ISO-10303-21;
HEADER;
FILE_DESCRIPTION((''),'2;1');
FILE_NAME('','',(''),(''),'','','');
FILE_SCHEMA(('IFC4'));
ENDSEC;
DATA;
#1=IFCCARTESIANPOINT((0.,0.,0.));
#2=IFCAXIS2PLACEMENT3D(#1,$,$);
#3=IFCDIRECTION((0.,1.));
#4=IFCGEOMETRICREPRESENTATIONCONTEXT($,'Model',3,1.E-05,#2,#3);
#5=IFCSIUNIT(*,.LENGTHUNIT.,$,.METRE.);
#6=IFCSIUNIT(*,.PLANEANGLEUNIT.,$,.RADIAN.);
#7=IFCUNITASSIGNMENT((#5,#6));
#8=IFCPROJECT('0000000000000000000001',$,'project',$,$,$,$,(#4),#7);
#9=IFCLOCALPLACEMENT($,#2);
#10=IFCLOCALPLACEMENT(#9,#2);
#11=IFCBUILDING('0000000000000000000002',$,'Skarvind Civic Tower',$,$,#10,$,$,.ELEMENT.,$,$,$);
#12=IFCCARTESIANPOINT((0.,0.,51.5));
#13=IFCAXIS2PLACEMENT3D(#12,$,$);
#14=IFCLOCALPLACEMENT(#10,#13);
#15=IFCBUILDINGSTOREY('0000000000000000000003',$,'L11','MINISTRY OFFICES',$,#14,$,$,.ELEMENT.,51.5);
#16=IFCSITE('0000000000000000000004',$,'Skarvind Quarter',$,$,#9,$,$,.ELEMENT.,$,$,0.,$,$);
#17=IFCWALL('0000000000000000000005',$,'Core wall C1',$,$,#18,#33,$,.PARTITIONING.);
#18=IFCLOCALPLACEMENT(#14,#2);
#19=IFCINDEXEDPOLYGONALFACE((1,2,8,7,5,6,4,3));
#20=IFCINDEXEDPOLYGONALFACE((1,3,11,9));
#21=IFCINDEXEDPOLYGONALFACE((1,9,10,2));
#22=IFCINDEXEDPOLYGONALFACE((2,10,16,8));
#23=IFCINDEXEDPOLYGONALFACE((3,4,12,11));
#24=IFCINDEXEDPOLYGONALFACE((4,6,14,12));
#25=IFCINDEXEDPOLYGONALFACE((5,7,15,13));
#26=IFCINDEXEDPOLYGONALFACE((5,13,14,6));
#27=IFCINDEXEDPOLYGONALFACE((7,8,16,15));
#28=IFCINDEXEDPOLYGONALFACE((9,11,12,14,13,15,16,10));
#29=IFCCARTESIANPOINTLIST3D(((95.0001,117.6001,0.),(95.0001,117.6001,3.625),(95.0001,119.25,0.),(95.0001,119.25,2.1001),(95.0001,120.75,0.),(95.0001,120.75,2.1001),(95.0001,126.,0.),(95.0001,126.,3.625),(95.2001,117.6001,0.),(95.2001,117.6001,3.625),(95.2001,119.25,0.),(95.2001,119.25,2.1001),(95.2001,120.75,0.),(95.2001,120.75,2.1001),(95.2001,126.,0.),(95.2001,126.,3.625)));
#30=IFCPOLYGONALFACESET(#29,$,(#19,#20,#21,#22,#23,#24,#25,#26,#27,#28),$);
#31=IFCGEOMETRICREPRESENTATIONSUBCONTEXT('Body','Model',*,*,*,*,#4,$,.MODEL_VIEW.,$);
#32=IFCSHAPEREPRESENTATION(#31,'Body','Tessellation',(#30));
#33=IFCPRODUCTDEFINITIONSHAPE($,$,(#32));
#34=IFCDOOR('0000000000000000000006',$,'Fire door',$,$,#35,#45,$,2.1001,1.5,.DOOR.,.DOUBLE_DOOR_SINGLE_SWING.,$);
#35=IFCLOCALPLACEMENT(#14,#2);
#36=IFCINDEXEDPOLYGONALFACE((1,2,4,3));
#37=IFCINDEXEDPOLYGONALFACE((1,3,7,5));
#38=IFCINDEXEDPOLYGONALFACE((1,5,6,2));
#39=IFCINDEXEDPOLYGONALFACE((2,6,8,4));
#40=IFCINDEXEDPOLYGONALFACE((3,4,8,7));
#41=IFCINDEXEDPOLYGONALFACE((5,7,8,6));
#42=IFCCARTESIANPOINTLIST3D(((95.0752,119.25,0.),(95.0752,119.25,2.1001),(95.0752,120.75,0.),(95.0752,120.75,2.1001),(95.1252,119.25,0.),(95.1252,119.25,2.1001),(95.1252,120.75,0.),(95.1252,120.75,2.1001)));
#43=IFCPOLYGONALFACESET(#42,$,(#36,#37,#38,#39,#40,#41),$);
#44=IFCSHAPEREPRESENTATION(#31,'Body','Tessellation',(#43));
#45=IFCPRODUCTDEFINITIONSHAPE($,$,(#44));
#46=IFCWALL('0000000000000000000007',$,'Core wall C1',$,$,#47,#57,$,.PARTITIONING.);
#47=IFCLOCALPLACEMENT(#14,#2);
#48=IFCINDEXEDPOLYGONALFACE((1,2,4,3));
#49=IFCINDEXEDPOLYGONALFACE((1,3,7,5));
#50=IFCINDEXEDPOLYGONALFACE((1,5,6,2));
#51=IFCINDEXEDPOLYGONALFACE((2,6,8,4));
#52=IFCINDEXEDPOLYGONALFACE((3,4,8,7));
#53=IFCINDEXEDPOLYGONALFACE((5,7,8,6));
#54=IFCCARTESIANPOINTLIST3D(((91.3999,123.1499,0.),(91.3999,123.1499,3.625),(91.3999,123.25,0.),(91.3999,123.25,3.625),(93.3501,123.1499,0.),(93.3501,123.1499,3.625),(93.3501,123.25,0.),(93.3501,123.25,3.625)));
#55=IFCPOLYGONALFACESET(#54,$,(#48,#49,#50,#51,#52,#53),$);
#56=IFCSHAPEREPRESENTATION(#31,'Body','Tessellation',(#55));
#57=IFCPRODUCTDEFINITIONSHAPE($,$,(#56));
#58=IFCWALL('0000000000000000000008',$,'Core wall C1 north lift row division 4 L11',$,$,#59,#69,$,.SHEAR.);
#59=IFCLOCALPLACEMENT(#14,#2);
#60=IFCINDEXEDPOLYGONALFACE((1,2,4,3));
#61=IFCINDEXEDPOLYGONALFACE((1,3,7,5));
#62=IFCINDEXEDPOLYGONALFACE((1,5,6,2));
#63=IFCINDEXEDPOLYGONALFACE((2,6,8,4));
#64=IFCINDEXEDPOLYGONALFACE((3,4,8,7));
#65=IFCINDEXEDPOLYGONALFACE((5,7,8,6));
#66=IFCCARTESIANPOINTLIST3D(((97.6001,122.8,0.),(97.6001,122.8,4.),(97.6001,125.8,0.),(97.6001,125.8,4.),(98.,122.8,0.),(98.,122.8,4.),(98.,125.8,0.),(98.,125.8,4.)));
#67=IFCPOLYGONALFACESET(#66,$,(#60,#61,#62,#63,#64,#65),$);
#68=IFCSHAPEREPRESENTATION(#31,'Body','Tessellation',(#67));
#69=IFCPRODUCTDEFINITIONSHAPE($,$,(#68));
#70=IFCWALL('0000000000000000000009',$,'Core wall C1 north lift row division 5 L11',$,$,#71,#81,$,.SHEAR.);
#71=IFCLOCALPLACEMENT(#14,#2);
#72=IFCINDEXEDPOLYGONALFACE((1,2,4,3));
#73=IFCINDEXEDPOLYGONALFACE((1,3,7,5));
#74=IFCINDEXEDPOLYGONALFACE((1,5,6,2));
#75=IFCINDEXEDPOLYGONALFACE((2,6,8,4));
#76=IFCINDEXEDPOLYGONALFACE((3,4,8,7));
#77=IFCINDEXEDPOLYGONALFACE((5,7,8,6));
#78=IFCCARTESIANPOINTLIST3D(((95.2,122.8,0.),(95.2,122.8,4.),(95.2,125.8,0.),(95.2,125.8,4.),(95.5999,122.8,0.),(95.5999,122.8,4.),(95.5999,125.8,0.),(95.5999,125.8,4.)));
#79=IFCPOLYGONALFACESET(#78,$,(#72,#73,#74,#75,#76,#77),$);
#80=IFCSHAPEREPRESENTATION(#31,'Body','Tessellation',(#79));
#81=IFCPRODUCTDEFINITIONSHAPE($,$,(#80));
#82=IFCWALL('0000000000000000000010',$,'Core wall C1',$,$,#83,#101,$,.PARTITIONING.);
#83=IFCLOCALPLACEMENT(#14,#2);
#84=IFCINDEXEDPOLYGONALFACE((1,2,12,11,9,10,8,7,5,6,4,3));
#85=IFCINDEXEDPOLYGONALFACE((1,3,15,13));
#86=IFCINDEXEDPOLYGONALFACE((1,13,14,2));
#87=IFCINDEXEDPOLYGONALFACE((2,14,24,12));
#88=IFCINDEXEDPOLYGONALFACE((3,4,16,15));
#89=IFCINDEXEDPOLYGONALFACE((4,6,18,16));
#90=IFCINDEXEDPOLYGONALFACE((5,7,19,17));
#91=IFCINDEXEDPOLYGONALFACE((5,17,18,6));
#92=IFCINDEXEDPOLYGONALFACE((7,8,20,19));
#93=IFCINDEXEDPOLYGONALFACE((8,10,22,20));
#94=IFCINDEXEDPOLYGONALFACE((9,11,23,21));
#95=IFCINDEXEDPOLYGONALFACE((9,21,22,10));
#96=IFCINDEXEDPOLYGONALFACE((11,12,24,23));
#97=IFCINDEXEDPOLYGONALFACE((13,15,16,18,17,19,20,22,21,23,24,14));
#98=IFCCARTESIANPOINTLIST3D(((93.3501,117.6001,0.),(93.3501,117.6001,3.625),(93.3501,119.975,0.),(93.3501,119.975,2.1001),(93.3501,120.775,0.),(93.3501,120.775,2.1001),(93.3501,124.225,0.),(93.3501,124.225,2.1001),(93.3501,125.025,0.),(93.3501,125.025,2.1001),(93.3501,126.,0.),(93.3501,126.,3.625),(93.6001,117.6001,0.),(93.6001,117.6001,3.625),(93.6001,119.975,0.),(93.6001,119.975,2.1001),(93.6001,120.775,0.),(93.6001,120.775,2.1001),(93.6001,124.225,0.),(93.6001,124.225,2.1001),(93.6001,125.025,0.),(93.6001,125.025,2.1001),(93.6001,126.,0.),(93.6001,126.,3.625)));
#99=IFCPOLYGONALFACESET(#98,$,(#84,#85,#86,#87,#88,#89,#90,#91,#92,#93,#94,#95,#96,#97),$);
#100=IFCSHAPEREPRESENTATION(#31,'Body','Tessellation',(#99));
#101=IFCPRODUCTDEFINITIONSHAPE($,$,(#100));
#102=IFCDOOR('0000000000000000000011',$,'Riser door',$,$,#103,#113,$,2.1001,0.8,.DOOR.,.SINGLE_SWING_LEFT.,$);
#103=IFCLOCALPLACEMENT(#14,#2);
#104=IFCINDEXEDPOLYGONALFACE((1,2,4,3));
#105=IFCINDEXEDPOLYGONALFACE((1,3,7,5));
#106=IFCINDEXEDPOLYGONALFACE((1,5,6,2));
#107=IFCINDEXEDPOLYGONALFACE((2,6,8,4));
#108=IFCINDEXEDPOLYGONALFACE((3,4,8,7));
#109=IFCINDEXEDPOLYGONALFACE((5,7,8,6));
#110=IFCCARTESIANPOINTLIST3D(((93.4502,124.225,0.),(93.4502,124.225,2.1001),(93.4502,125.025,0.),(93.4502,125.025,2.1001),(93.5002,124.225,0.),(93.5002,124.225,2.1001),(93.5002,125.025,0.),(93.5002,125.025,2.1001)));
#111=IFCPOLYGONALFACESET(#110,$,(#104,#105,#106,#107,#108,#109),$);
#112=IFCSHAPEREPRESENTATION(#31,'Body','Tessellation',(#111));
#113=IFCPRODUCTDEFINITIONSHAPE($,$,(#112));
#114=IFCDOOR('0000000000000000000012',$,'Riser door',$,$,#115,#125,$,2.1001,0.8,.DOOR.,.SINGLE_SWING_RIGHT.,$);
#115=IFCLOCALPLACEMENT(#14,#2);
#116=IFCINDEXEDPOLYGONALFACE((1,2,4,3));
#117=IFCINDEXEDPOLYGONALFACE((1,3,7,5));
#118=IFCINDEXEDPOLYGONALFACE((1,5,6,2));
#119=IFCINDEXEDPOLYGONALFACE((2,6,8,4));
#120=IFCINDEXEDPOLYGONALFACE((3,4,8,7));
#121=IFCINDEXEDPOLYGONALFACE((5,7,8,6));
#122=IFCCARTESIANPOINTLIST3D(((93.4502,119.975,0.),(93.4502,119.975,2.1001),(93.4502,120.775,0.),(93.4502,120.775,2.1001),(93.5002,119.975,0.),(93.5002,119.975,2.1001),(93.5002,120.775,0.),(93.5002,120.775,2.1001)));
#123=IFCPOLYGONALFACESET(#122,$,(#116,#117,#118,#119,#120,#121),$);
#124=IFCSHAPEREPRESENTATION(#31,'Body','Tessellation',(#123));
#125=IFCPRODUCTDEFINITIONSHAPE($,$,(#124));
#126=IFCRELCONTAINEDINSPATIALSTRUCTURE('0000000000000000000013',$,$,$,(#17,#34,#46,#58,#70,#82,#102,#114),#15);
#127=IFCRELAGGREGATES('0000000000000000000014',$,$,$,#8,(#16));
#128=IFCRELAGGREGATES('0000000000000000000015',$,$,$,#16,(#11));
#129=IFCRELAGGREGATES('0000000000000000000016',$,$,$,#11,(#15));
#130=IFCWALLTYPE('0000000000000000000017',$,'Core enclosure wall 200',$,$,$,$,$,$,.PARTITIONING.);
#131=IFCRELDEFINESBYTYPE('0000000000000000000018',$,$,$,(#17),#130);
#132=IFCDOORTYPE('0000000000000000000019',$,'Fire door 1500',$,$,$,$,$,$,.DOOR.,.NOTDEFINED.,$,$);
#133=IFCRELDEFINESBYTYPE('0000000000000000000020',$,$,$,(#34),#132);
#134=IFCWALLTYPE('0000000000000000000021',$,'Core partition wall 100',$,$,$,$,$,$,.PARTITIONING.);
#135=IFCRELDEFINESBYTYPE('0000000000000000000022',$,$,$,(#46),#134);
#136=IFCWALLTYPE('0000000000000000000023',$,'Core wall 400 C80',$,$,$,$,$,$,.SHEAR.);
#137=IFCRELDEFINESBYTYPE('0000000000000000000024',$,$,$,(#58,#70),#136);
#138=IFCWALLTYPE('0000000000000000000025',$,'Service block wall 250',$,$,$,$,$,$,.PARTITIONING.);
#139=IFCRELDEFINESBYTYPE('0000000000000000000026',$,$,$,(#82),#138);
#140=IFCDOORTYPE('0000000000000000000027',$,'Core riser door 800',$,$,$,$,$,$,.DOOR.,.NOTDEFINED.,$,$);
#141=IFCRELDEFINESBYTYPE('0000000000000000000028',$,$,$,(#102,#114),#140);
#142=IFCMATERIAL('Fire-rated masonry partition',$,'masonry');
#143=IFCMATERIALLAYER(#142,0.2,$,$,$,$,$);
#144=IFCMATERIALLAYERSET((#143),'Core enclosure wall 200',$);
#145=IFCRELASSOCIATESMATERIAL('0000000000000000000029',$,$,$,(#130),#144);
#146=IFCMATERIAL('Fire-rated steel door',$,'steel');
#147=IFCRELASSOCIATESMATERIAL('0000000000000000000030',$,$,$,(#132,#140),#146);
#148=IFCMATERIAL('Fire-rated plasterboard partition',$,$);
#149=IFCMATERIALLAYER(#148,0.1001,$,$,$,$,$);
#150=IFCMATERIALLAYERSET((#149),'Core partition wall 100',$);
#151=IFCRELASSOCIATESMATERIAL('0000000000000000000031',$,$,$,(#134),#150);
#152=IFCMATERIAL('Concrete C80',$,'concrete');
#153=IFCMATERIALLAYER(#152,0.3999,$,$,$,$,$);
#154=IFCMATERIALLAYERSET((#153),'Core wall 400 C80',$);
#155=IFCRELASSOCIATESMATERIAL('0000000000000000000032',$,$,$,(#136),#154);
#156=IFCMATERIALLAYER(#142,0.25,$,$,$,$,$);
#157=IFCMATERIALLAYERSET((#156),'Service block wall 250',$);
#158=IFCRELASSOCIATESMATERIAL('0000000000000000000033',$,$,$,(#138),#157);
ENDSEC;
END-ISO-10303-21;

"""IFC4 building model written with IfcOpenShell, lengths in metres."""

from ifc_helpers import new_model, si_unit, direction, frame, frame_2d, origin, place, context, subcontext, project, spatial, rectangle, extrude, material, layer, layer_set, type_object, element, fill, save


model = new_model("IFC4")

# Units and contexts
model_context = context("Model", 3, precision=1e-05, world=origin(), true_north=direction((0.0, 1.0)))
body_context = subcontext(model_context, "Body", "Model", "MODEL_VIEW")
ifc_project = project(units=[si_unit("LENGTHUNIT", "METRE"), si_unit("PLANEANGLEUNIT", "RADIAN")], contexts=[model_context])

# Site, building, storey
site_placement = place(None, origin())
site = spatial("IfcSite", under=ifc_project, at=site_placement, Name="Skarvind Quarter", CompositionType="ELEMENT", RefElevation=0.0)
building_placement = place(site_placement, origin())
building = spatial("IfcBuilding", under=site, at=building_placement, Name="Skarvind Civic Tower", CompositionType="ELEMENT")
storey_placement = place(building_placement, frame((0.0, 0.0, 51.5)))
storey = spatial("IfcBuildingStorey", under=building, at=storey_placement, Name="L11", Description="MINISTRY OFFICES", CompositionType="ELEMENT", Elevation=51.5)

# Shared definitions
ifc_material_1 = material(Name="Concrete C80", Category="concrete")

# Wall, opening, door
ifc_material_2 = material(Name="Fire-rated masonry partition", Category="masonry")
ifc_layer_1 = layer(ifc_material_2, 0.2)
ifc_layer_set_1 = layer_set([ifc_layer_1], Name="Core enclosure wall 200")
wall_type_1 = type_object("IfcWallType", Name="Core enclosure wall 200", PredefinedType="PARTITIONING", material=ifc_layer_set_1)
ifc_material_3 = material(Name="Fire-rated steel door", Category="steel")
wall_1_placement = place(storey_placement, frame((95.1001, 117.6001, 0.0), z_axis=(0.0, 0.0, 1.0), x_axis=(0.0, 1.0, 0.0)))
wall_1 = element("IfcWall", 1, at=wall_1_placement, inside=storey, type_object=wall_type_1, Name="Core wall C1", PredefinedType="PARTITIONING", context=body_context, shape_type="SweptSolid", body=[
    extrude(rectangle(XDim=8.3999, YDim=0.2, at=frame_2d((4.2, 0.0))), origin(), (0.0, 0.0, 1.0), 3.625),
])
opening_1_placement = place(wall_1_placement, frame((1.6499, 0.0, 0.0)))
opening_1 = element("IfcOpeningElement", 2, at=opening_1_placement, cuts=wall_1, PredefinedType="OPENING", context=body_context, shape_type="SweptSolid", body=[
    extrude(rectangle(XDim=1.5, YDim=2.1001, at=frame_2d((0.75, 1.05))), frame((0.0, 0.1099, 0.0), z_axis=(0.0, -1.0, 0.0), x_axis=(1.0, 0.0, 0.0)), (0.0, 0.0, 1.0), 0.22),
])
door_type_1 = type_object("IfcDoorType", Name="Fire door 1500", OperationType="NOTDEFINED", PredefinedType="DOOR", material=ifc_material_3)
door_1_placement = place(opening_1_placement, origin())
door_1 = element("IfcDoor", 3, at=door_1_placement, inside=storey, type_object=door_type_1, Name="Fire door", OperationType="DOUBLE_DOOR_SINGLE_SWING", OverallHeight=2.1001, OverallWidth=1.5, PredefinedType="DOOR", context=body_context, shape_type="SweptSolid", body=[
    extrude(rectangle(XDim=1.5, YDim=2.1001, at=frame_2d((0.75, 1.05))), frame((0.0, 0.0249, 0.0), z_axis=(0.0, -1.0, 0.0), x_axis=(1.0, 0.0, 0.0)), (0.0, 0.0, 1.0), 0.05),
])
fill(opening_1, door_1)

# Walls
ifc_material_4 = material(Name="Fire-rated plasterboard partition")
ifc_layer_2 = layer(ifc_material_4, 0.1001)
ifc_layer_set_2 = layer_set([ifc_layer_2], Name="Core partition wall 100")
wall_type_2 = type_object("IfcWallType", Name="Core partition wall 100", PredefinedType="PARTITIONING", material=ifc_layer_set_2)
wall_2_placement = place(storey_placement, frame((93.3501, 123.2, 0.0), z_axis=(0.0, 0.0, 1.0), x_axis=(-1.0, 0.0, 0.0)))
element("IfcWall", 4, at=wall_2_placement, inside=storey, type_object=wall_type_2, Name="Core wall C1", PredefinedType="PARTITIONING", context=body_context, shape_type="SweptSolid", body=[
    extrude(rectangle(XDim=1.9502, YDim=0.1001, at=frame_2d((0.9751, 0.0))), origin(), (0.0, 0.0, 1.0), 3.625),
])
ifc_layer_3 = layer(ifc_material_1, 0.3999)
ifc_layer_set_3 = layer_set([ifc_layer_3], Name="Core wall 400 C80")
wall_type_3 = type_object("IfcWallType", Name="Core wall 400 C80", PredefinedType="SHEAR", material=ifc_layer_set_3)
for number, where, z_axis, x_axis, name in (
    (5, (97.8, 125.8, 0.0), (0.0, 0.0, 1.0), (0.0, -1.0, 0.0), "Core wall C1 north lift row division 4 L11"),
    (6, (95.3999, 125.8, 0.0), (0.0, 0.0, 1.0), (0.0, -1.0, 0.0), "Core wall C1 north lift row division 5 L11"),
):
    element("IfcWall", number, at=place(storey_placement, frame(where, z_axis=z_axis, x_axis=x_axis)), inside=storey, type_object=wall_type_3, Name=name, PredefinedType="SHEAR", context=body_context, shape_type="SweptSolid", body=[
        extrude(rectangle(XDim=3.0, YDim=0.3999, at=frame_2d((1.5, 0.0))), origin(), (0.0, 0.0, 1.0), 4.0),
    ])

# Wall, openings, doors
ifc_layer_4 = layer(ifc_material_2, 0.25)
ifc_layer_set_4 = layer_set([ifc_layer_4], Name="Service block wall 250")
wall_type_4 = type_object("IfcWallType", Name="Service block wall 250", PredefinedType="PARTITIONING", material=ifc_layer_set_4)
wall_3_placement = place(storey_placement, frame((93.4751, 117.6001, 0.0), z_axis=(0.0, 0.0, 1.0), x_axis=(0.0, 1.0, 0.0)))
wall_3 = element("IfcWall", 7, at=wall_3_placement, inside=storey, type_object=wall_type_4, Name="Core wall C1", PredefinedType="PARTITIONING", context=body_context, shape_type="SweptSolid", body=[
    extrude(rectangle(XDim=8.3999, YDim=0.25, at=frame_2d((4.2, 0.0))), origin(), (0.0, 0.0, 1.0), 3.625),
])
opening_2_placement = place(wall_3_placement, frame((6.625, 0.0, 0.0)))
opening_2 = element("IfcOpeningElement", 8, at=opening_2_placement, cuts=wall_3, PredefinedType="OPENING", context=body_context, shape_type="SweptSolid", body=[
    extrude(rectangle(XDim=0.8, YDim=2.1001, at=frame_2d((0.3999, 1.05))), frame((0.0, 0.135, 0.0), z_axis=(0.0, -1.0, 0.0), x_axis=(1.0, 0.0, 0.0)), (0.0, 0.0, 1.0), 0.27),
])
opening_3_placement = place(wall_3_placement, frame((2.375, 0.0, 0.0)))
opening_3 = element("IfcOpeningElement", 9, at=opening_3_placement, cuts=wall_3, PredefinedType="OPENING", context=body_context, shape_type="SweptSolid", body=[
    extrude(rectangle(XDim=0.8, YDim=2.1001, at=frame_2d((0.3999, 1.05))), frame((0.0, 0.135, 0.0), z_axis=(0.0, -1.0, 0.0), x_axis=(1.0, 0.0, 0.0)), (0.0, 0.0, 1.0), 0.27),
])
door_type_2 = type_object("IfcDoorType", Name="Core riser door 800", OperationType="NOTDEFINED", PredefinedType="DOOR", material=ifc_material_3)
door_2_placement = place(opening_2_placement, origin())
door_2 = element("IfcDoor", 10, at=door_2_placement, inside=storey, type_object=door_type_2, Name="Riser door", OperationType="SINGLE_SWING_LEFT", OverallHeight=2.1001, OverallWidth=0.8, PredefinedType="DOOR", context=body_context, shape_type="SweptSolid", body=[
    extrude(rectangle(XDim=0.8, YDim=2.1001, at=frame_2d((0.3999, 1.05))), frame((0.0, 0.0249, 0.0), z_axis=(0.0, -1.0, 0.0), x_axis=(1.0, 0.0, 0.0)), (0.0, 0.0, 1.0), 0.05),
])
fill(opening_2, door_2)
door_3_placement = place(opening_3_placement, origin())
door_3 = element("IfcDoor", 11, at=door_3_placement, inside=storey, type_object=door_type_2, Name="Riser door", OperationType="SINGLE_SWING_RIGHT", OverallHeight=2.1001, OverallWidth=0.8, PredefinedType="DOOR", context=body_context, shape_type="SweptSolid", body=[
    extrude(rectangle(XDim=0.8, YDim=2.1001, at=frame_2d((0.3999, 1.05))), frame((0.0, 0.0249, 0.0), z_axis=(0.0, -1.0, 0.0), x_axis=(1.0, 0.0, 0.0)), (0.0, 0.0, 1.0), 0.05),
])
fill(opening_3, door_3)

save(model, "model.ifc")
